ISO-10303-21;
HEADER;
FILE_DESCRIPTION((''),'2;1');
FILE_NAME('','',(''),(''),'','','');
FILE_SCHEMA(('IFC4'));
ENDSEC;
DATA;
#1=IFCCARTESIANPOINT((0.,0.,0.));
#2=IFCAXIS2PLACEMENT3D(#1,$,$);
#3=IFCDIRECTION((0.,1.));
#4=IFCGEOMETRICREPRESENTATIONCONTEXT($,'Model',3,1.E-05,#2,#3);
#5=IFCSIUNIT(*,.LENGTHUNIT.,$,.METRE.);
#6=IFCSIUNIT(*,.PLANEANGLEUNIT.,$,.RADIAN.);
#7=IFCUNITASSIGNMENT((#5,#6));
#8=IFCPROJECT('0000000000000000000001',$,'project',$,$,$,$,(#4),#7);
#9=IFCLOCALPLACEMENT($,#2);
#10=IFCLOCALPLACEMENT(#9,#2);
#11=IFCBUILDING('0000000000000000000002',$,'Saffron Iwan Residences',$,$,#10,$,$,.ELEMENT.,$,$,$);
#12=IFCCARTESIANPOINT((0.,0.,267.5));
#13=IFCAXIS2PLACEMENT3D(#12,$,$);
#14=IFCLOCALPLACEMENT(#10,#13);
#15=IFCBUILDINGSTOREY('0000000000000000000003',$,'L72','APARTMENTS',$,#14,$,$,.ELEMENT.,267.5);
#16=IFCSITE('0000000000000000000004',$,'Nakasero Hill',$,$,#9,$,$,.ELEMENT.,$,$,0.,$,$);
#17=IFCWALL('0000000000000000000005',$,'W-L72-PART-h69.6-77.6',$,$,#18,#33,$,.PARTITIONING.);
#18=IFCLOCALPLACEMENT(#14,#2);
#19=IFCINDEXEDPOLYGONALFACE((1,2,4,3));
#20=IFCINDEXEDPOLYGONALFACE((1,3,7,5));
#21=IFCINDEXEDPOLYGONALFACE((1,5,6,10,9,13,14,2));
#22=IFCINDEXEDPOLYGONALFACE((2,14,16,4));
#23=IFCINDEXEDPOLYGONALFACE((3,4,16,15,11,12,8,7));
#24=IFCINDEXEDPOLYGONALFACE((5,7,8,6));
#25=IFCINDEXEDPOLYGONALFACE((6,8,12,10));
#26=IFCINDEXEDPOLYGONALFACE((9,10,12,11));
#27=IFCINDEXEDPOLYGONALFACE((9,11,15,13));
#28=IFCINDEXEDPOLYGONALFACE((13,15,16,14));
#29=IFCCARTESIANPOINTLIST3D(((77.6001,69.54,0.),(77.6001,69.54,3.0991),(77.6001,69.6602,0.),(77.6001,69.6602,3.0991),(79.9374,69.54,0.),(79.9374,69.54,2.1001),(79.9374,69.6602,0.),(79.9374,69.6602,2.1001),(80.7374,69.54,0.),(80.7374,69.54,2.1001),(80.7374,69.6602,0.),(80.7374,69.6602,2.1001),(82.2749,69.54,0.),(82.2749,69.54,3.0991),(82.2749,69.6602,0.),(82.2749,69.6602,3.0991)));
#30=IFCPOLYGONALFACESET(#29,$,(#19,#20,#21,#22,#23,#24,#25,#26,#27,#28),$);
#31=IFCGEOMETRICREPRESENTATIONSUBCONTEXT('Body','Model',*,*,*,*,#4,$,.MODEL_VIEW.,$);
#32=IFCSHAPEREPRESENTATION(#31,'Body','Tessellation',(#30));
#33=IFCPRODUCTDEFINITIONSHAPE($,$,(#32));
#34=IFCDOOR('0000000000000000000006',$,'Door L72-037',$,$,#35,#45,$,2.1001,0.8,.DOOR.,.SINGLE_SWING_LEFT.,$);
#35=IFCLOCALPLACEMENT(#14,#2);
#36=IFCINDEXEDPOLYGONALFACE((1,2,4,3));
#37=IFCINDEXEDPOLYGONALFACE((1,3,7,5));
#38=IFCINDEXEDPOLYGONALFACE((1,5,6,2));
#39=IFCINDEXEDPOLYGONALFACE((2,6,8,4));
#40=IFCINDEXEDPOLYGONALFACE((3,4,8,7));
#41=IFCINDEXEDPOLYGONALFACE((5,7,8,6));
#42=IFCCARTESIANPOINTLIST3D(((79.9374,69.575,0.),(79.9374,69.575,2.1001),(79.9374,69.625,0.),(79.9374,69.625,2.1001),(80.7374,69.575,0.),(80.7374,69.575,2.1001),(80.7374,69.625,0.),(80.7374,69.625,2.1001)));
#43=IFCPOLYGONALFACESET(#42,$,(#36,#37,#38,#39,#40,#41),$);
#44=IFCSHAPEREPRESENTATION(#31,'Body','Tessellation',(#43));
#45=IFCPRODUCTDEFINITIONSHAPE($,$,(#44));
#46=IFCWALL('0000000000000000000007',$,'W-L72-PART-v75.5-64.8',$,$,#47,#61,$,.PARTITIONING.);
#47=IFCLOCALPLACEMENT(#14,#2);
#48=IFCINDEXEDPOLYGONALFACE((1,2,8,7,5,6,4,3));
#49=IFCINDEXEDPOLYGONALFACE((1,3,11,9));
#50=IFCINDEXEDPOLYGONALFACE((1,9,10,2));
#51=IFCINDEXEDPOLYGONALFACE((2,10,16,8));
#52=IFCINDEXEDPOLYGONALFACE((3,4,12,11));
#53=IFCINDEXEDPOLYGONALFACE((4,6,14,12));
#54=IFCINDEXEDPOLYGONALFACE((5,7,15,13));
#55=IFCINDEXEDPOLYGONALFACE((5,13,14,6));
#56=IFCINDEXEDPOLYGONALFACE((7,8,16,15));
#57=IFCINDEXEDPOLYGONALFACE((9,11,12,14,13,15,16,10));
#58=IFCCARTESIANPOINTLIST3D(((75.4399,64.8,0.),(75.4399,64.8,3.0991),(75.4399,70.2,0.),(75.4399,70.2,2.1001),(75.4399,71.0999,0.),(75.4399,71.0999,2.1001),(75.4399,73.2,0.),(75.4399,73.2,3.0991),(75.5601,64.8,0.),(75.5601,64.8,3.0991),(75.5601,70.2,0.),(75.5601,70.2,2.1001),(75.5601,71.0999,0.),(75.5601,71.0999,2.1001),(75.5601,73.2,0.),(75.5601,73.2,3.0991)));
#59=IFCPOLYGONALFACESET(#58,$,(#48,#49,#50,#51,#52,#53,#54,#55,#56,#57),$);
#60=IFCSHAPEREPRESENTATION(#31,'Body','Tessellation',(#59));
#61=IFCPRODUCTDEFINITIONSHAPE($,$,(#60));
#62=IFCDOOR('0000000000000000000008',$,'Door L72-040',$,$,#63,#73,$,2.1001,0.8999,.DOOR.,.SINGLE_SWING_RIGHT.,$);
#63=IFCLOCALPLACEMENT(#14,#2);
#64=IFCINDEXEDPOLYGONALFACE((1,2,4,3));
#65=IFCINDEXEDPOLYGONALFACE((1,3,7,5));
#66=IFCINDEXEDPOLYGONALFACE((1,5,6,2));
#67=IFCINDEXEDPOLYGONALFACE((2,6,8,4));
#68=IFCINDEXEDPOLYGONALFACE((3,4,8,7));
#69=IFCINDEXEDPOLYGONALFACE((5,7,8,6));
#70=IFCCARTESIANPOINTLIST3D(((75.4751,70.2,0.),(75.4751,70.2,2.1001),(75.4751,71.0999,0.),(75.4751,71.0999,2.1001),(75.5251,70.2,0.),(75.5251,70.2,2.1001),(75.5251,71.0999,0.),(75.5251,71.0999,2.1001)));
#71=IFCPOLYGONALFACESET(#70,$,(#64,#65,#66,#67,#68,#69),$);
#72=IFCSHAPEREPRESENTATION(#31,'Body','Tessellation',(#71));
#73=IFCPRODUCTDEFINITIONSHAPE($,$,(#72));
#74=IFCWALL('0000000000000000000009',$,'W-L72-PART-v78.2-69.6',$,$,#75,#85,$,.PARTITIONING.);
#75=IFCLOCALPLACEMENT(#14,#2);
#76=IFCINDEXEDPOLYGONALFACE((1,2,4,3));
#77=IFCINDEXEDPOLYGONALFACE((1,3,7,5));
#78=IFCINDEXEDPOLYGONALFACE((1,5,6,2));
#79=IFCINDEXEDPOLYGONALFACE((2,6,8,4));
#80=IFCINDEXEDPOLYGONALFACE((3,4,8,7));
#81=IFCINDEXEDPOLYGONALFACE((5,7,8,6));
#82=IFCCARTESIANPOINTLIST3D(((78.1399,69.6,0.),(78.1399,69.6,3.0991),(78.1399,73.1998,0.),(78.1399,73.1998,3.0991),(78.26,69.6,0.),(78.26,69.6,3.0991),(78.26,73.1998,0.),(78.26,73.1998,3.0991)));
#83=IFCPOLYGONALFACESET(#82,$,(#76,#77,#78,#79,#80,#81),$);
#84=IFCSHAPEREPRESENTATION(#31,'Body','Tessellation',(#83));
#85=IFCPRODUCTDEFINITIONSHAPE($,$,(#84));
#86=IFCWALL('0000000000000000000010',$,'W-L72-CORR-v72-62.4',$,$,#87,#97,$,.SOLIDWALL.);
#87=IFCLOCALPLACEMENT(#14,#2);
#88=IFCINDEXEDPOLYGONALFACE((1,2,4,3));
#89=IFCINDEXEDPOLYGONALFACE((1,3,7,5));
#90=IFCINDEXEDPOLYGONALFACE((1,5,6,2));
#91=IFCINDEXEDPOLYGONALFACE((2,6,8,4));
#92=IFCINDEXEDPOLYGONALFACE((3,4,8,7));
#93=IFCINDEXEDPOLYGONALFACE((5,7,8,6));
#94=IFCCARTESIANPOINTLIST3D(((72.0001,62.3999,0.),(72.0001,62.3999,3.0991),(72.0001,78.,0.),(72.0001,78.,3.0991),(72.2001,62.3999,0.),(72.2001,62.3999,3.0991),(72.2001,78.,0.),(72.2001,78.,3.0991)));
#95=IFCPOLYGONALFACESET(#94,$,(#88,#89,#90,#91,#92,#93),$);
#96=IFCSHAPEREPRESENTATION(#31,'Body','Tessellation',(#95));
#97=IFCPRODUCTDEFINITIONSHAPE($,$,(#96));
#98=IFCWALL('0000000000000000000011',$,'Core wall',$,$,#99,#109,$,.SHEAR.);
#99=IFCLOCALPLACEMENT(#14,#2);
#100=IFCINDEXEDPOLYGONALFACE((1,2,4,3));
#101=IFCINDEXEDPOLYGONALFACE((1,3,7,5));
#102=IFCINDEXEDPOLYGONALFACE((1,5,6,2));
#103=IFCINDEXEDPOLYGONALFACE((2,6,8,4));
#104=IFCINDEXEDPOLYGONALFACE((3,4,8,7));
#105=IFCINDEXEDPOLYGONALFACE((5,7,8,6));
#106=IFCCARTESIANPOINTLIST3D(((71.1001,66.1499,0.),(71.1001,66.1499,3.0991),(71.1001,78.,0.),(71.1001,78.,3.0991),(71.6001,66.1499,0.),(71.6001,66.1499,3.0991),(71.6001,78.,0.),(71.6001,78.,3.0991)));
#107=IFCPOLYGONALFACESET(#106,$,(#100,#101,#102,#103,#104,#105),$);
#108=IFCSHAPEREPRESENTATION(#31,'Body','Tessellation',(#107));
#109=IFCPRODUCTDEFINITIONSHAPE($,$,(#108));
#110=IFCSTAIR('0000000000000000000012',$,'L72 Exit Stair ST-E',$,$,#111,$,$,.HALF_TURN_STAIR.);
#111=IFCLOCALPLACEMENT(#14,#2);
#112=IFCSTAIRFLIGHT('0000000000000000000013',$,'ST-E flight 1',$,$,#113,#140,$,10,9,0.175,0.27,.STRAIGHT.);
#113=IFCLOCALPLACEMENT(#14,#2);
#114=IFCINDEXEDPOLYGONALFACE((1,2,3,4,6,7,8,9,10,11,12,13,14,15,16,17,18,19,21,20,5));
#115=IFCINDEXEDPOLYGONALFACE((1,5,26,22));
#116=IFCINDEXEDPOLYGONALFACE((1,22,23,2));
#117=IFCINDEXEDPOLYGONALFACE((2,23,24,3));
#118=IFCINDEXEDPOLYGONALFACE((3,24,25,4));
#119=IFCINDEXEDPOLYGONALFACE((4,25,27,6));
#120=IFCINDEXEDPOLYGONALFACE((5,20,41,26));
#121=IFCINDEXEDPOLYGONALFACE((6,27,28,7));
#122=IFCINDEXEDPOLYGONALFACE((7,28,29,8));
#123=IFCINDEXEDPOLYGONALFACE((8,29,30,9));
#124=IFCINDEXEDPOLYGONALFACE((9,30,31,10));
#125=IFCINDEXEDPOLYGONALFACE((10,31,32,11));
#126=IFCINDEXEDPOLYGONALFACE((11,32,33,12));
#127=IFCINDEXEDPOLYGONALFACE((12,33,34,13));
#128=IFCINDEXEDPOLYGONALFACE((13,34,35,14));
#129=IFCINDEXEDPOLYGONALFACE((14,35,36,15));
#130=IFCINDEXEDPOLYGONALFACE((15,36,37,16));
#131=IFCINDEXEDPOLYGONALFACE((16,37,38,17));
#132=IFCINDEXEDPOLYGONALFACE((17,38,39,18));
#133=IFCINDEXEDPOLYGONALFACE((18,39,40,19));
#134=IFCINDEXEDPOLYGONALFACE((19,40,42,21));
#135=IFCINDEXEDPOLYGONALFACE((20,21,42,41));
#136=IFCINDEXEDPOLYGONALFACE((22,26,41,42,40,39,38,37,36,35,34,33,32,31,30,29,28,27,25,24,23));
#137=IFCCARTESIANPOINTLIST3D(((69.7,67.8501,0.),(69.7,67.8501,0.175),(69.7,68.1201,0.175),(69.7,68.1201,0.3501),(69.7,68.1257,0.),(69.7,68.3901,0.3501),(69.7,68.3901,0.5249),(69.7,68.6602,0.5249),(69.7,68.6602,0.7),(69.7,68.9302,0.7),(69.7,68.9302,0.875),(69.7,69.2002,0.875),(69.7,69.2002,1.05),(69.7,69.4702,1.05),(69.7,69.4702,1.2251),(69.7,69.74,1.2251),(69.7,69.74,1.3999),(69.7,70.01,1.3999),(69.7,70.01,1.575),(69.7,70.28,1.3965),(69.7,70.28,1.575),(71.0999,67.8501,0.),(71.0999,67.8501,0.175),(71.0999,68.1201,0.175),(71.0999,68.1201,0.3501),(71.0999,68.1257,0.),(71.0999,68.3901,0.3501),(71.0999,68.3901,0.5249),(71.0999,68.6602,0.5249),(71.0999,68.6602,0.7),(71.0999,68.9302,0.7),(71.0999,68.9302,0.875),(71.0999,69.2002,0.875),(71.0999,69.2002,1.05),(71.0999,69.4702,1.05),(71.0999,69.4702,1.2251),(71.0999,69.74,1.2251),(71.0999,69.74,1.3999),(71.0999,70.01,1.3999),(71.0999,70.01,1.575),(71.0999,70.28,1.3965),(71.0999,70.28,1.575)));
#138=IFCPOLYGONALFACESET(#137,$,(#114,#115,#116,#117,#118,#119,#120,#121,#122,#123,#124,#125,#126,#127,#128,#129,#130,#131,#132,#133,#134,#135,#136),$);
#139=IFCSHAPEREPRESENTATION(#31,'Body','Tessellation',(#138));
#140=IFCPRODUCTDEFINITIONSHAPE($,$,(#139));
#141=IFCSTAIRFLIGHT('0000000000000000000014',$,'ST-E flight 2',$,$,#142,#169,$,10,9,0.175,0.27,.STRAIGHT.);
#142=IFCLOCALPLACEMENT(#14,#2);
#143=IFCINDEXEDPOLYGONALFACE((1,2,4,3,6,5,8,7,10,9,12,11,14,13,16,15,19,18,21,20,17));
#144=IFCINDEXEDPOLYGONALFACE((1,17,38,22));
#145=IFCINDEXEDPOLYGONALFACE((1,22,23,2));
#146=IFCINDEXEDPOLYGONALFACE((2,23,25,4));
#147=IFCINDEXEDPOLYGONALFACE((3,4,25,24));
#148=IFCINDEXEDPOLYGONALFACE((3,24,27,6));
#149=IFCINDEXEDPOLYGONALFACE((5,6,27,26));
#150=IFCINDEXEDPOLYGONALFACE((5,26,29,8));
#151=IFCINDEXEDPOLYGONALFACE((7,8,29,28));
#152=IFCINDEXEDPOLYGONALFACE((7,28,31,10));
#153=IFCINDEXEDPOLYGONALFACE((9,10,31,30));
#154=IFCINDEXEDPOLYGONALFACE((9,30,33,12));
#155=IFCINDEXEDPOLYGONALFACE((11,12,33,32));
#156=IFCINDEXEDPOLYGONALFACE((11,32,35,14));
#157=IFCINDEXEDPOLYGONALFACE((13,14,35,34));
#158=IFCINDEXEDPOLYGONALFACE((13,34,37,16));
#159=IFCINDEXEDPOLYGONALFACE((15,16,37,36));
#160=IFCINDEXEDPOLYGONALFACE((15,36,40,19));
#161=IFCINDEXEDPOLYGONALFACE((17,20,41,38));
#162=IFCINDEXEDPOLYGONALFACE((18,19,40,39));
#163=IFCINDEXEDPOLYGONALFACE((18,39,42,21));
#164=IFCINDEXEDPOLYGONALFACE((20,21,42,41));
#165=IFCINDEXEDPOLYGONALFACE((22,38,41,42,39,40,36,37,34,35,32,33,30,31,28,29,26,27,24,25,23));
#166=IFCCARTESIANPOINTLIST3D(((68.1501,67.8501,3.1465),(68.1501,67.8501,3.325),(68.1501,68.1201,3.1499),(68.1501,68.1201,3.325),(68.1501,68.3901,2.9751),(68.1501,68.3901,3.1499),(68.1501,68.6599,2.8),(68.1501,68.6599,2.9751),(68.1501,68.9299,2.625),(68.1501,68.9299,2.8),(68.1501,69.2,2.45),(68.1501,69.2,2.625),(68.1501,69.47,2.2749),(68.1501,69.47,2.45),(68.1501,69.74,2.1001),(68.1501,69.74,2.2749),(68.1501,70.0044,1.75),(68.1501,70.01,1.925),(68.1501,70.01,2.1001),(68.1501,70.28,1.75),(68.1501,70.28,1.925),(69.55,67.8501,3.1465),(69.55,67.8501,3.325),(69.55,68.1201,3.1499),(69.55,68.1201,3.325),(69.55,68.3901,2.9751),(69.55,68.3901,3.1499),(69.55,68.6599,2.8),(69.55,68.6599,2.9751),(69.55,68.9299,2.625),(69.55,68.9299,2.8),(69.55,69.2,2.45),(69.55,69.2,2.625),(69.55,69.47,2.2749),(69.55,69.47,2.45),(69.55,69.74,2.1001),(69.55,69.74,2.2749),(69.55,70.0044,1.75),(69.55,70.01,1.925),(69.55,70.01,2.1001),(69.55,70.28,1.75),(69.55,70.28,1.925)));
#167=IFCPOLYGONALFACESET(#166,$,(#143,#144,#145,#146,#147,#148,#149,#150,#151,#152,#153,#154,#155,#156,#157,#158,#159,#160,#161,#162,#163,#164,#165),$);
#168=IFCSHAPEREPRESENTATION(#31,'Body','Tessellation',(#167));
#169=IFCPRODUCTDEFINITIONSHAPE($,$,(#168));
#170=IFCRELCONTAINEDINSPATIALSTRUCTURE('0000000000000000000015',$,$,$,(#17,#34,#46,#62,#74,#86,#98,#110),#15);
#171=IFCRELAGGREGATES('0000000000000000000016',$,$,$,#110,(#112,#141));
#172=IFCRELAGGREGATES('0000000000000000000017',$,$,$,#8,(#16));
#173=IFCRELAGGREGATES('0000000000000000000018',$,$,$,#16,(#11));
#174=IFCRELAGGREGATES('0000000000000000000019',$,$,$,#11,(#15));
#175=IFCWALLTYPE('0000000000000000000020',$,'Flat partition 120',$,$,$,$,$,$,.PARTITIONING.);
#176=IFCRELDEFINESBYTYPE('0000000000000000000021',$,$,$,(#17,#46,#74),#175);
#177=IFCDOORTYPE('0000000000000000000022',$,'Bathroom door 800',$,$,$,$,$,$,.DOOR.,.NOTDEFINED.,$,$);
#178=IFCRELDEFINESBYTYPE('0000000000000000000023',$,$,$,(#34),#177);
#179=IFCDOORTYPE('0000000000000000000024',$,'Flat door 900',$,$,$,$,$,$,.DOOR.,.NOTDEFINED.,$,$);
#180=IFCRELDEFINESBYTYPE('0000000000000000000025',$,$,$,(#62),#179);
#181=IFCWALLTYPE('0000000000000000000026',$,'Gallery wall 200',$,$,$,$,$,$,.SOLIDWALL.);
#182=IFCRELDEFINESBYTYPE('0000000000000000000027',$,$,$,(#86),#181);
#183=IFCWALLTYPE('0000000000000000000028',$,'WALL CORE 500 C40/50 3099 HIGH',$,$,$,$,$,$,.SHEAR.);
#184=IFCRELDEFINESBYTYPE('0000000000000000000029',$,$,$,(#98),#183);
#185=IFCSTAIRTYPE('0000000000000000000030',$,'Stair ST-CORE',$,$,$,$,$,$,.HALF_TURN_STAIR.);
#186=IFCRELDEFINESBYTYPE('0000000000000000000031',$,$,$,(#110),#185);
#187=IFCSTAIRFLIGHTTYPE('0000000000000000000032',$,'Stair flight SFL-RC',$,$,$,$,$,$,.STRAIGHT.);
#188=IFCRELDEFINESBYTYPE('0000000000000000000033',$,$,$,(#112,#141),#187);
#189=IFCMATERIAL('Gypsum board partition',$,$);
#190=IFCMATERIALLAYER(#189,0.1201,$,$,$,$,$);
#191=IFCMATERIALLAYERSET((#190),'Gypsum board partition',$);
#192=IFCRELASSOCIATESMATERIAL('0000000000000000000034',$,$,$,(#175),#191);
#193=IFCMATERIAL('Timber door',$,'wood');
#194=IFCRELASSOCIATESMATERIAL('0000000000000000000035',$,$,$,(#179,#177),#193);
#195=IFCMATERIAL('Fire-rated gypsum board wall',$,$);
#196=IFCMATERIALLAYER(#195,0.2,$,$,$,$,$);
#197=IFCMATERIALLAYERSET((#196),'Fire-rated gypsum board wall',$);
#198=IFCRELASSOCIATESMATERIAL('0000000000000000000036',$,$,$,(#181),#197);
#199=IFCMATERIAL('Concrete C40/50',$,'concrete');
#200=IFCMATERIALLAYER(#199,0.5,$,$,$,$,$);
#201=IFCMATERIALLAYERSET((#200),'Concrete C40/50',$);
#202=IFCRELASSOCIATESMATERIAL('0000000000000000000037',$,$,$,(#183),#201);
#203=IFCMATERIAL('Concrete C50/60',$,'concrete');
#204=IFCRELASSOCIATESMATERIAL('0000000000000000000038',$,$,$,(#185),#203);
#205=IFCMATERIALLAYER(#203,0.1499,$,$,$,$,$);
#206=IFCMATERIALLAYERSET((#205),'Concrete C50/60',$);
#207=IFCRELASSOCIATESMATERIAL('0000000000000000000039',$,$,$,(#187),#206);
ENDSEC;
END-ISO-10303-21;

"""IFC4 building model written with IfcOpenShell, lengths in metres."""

from ifc_helpers import new_model, si_unit, direction, frame, frame_2d, origin, place, context, subcontext, project, spatial, polyline, rectangle, outline, extrude, material, layer, layer_set, type_object, element, fill, aggregate, save


model = new_model("IFC4")

# Units and contexts
model_context = context("Model", 3, precision=1e-05, world=origin(), true_north=direction((0.0, 1.0)))
body_context = subcontext(model_context, "Body", "Model", "MODEL_VIEW")
ifc_project = project(units=[si_unit("LENGTHUNIT", "METRE"), si_unit("PLANEANGLEUNIT", "RADIAN")], contexts=[model_context])

# Site, building, storey
site_placement = place(None, origin())
site = spatial("IfcSite", under=ifc_project, at=site_placement, Name="Nakasero Hill", CompositionType="ELEMENT", RefElevation=0.0)
building_placement = place(site_placement, origin())
building = spatial("IfcBuilding", under=site, at=building_placement, Name="Saffron Iwan Residences", CompositionType="ELEMENT")
storey_placement = place(building_placement, frame((0.0, 0.0, 267.5)))
storey = spatial("IfcBuildingStorey", under=building, at=storey_placement, Name="L72", Description="APARTMENTS", CompositionType="ELEMENT", Elevation=267.5)

# Shared definitions
ifc_material_1 = material(Name="Concrete C40/50", Category="concrete")

# Shared definitions
ifc_material_2 = material(Name="Fire-rated gypsum board wall")

# Shared definitions
ifc_material_3 = material(Name="Gypsum board partition")
ifc_layer_1 = layer(ifc_material_3, 0.1201)
ifc_layer_set_1 = layer_set([ifc_layer_1], Name="Gypsum board partition")
wall_type_1 = type_object("IfcWallType", Name="Flat partition 120", PredefinedType="PARTITIONING", material=ifc_layer_set_1)
ifc_material_4 = material(Name="Timber door", Category="wood")
door_type_1 = type_object("IfcDoorType", Name="Flat door 900", OperationType="NOTDEFINED", PredefinedType="DOOR", material=ifc_material_4)

# Walls, openings, doors
wall_1_placement = place(storey_placement, frame((77.6001, 69.6001, 0.0), z_axis=(0.0, 0.0, 1.0), x_axis=(1.0, 0.0, 0.0)))
wall_1 = element("IfcWall", 1, at=wall_1_placement, inside=storey, type_object=wall_type_1, Name="W-L72-PART-h69.6-77.6", PredefinedType="PARTITIONING", context=body_context, shape_type="SweptSolid", body=[
    extrude(rectangle(XDim=4.6748, YDim=0.1201, at=frame_2d((2.3374, 0.0))), origin(), (0.0, 0.0, 1.0), 3.0991),
])
opening_1_placement = place(wall_1_placement, frame((2.3374, 0.0, 0.0)))
opening_1 = element("IfcOpeningElement", 2, at=opening_1_placement, cuts=wall_1, PredefinedType="OPENING", context=body_context, shape_type="SweptSolid", body=[
    extrude(rectangle(XDim=0.8, YDim=2.1001, at=frame_2d((0.3999, 1.05))), frame((0.0, 0.0701, 0.0), z_axis=(0.0, -1.0, 0.0), x_axis=(1.0, 0.0, 0.0)), (0.0, 0.0, 1.0), 0.1401),
])
door_type_2 = type_object("IfcDoorType", Name="Bathroom door 800", OperationType="NOTDEFINED", PredefinedType="DOOR", material=ifc_material_4)
door_1_placement = place(opening_1_placement, origin())
door_1 = element("IfcDoor", 3, at=door_1_placement, inside=storey, type_object=door_type_2, Name="Door L72-037", OperationType="SINGLE_SWING_LEFT", OverallHeight=2.1001, OverallWidth=0.8, PredefinedType="DOOR", context=body_context, shape_type="SweptSolid", body=[
    extrude(rectangle(XDim=0.8, YDim=2.1001, at=frame_2d((0.3999, 1.05))), frame((0.0, 0.0249, 0.0), z_axis=(0.0, -1.0, 0.0), x_axis=(1.0, 0.0, 0.0)), (0.0, 0.0, 1.0), 0.05),
])
fill(opening_1, door_1)
wall_2_placement = place(storey_placement, frame((75.5, 64.8, 0.0), z_axis=(0.0, 0.0, 1.0), x_axis=(0.0, 1.0, 0.0)))
wall_2 = element("IfcWall", 4, at=wall_2_placement, inside=storey, type_object=wall_type_1, Name="W-L72-PART-v75.5-64.8", PredefinedType="PARTITIONING", context=body_context, shape_type="SweptSolid", body=[
    extrude(rectangle(XDim=8.3999, YDim=0.1201, at=frame_2d((4.2, 0.0))), origin(), (0.0, 0.0, 1.0), 3.0991),
])
opening_2_placement = place(wall_2_placement, frame((5.3999, 0.0, 0.0)))
opening_2 = element("IfcOpeningElement", 5, at=opening_2_placement, cuts=wall_2, PredefinedType="OPENING", context=body_context, shape_type="SweptSolid", body=[
    extrude(rectangle(XDim=0.8999, YDim=2.1001, at=frame_2d((0.45, 1.05))), frame((0.0, 0.0701, 0.0), z_axis=(0.0, -1.0, 0.0), x_axis=(1.0, 0.0, 0.0)), (0.0, 0.0, 1.0), 0.1401),
])
door_2_placement = place(opening_2_placement, origin())
door_2 = element("IfcDoor", 6, at=door_2_placement, inside=storey, type_object=door_type_1, Name="Door L72-040", OperationType="SINGLE_SWING_RIGHT", OverallHeight=2.1001, OverallWidth=0.8999, PredefinedType="DOOR", context=body_context, shape_type="SweptSolid", body=[
    extrude(rectangle(XDim=0.8999, YDim=2.1001, at=frame_2d((0.45, 1.05))), frame((0.0, 0.0249, 0.0), z_axis=(0.0, -1.0, 0.0), x_axis=(1.0, 0.0, 0.0)), (0.0, 0.0, 1.0), 0.05),
])
fill(opening_2, door_2)

# Walls
wall_3_placement = place(storey_placement, frame((78.2, 69.6001, 0.0), z_axis=(0.0, 0.0, 1.0), x_axis=(0.0, 1.0, 0.0)))
element("IfcWall", 7, at=wall_3_placement, inside=storey, type_object=wall_type_1, Name="W-L72-PART-v78.2-69.6", PredefinedType="PARTITIONING", context=body_context, shape_type="SweptSolid", body=[
    extrude(rectangle(XDim=3.5999, YDim=0.1201, at=frame_2d((1.7998, 0.0))), origin(), (0.0, 0.0, 1.0), 3.0991),
])
ifc_layer_2 = layer(ifc_material_2, 0.2)
ifc_layer_set_2 = layer_set([ifc_layer_2], Name="Fire-rated gypsum board wall")
wall_type_2 = type_object("IfcWallType", Name="Gallery wall 200", PredefinedType="SOLIDWALL", material=ifc_layer_set_2)
wall_4_placement = place(storey_placement, frame((72.1001, 62.3999, 0.0), z_axis=(0.0, 0.0, 1.0), x_axis=(0.0, 1.0, 0.0)))
element("IfcWall", 8, at=wall_4_placement, inside=storey, type_object=wall_type_2, Name="W-L72-CORR-v72-62.4", PredefinedType="SOLIDWALL", context=body_context, shape_type="SweptSolid", body=[
    extrude(rectangle(XDim=15.6001, YDim=0.2, at=frame_2d((7.8, 0.0))), origin(), (0.0, 0.0, 1.0), 3.0991),
])
ifc_layer_3 = layer(ifc_material_1, 0.5)
ifc_layer_set_3 = layer_set([ifc_layer_3], Name="Concrete C40/50")
wall_type_3 = type_object("IfcWallType", Name="WALL CORE 500 C40/50 3099 HIGH", PredefinedType="SHEAR", material=ifc_layer_set_3)
wall_5_placement = place(storey_placement, frame((71.3501, 66.1499, 0.0), z_axis=(0.0, 0.0, 1.0), x_axis=(0.0, 1.0, 0.0)))
element("IfcWall", 9, at=wall_5_placement, inside=storey, type_object=wall_type_3, Name="Core wall", PredefinedType="SHEAR", context=body_context, shape_type="SweptSolid", body=[
    extrude(rectangle(XDim=11.8501, YDim=0.5, at=frame_2d((5.925, 0.0))), origin(), (0.0, 0.0, 1.0), 3.0991),
])

# Stair, stair flights
ifc_material_5 = material(Name="Concrete C50/60", Category="concrete")
stair_type = type_object("IfcStairType", Name="Stair ST-CORE", PredefinedType="HALF_TURN_STAIR", material=ifc_material_5)
stair_placement = place(storey_placement, origin())
stair = element("IfcStair", 10, at=stair_placement, inside=storey, type_object=stair_type, Name="L72 Exit Stair ST-E", PredefinedType="HALF_TURN_STAIR")
ifc_layer_4 = layer(ifc_material_5, 0.1499)
ifc_layer_set_4 = layer_set([ifc_layer_4], Name="Concrete C50/60")
stair_flight_type = type_object("IfcStairFlightType", Name="Stair flight SFL-RC", PredefinedType="STRAIGHT", material=ifc_layer_set_4)
stair_flight_1_placement = place(storey_placement, frame((70.3999, 67.8501, 0.0), z_axis=(0.0, 0.0, 1.0), x_axis=(0.0, 1.0, 0.0)))
stair_flight_1 = element("IfcStairFlight", 11, at=stair_flight_1_placement, type_object=stair_flight_type, Name="ST-E flight 1", NumberOfRisers=10, NumberOfTreads=9, PredefinedType="STRAIGHT", RiserHeight=0.175, TreadLength=0.27, context=body_context, shape_type="SweptSolid", body=[
    extrude(outline(polyline([(0.0, 0.0), (0.0, 0.175), (0.27, 0.175), (0.27, 0.3501), (0.54, 0.3501), (0.54, 0.5249), (0.8101, 0.5249), (0.8101, 0.7), (1.0801, 0.7), (1.0801, 0.875), (1.3501, 0.875), (1.3501, 1.05), (1.6201, 1.05), (1.6201, 1.2251), (1.8899, 1.2251), (1.8899, 1.3999), (2.1599, 1.3999), (2.1599, 1.575), (2.4299, 1.575), (2.4299, 1.75), (2.4299, 1.3965), (0.2756, 0.0), (0.0, 0.0)])), frame((0.0, 0.7, 0.0), z_axis=(0.0, -1.0, 0.0), x_axis=(1.0, 0.0, 0.0)), (0.0, 0.0, 1.0), 1.3999),
])
stair_flight_2_placement = place(storey_placement, frame((68.8501, 70.28, 1.75), z_axis=(0.0, 0.0, 1.0), x_axis=(0.0, -1.0, 0.0)))
stair_flight_2 = element("IfcStairFlight", 12, at=stair_flight_2_placement, type_object=stair_flight_type, Name="ST-E flight 2", NumberOfRisers=10, NumberOfTreads=9, PredefinedType="STRAIGHT", RiserHeight=0.175, TreadLength=0.27, context=body_context, shape_type="SweptSolid", body=[
    extrude(outline(polyline([(0.0, 0.0), (0.0, 0.175), (0.27, 0.175), (0.27, 0.3501), (0.54, 0.3501), (0.54, 0.5249), (0.8101, 0.5249), (0.8101, 0.7), (1.0801, 0.7), (1.0801, 0.875), (1.3501, 0.875), (1.3501, 1.05), (1.6201, 1.05), (1.6201, 1.2251), (1.8899, 1.2251), (1.8899, 1.3999), (2.1599, 1.3999), (2.1599, 1.575), (2.4299, 1.575), (2.4299, 1.75), (2.4299, 1.3965), (0.2756, 0.0), (0.0, 0.0)])), frame((0.0, 0.7, 0.0), z_axis=(0.0, -1.0, 0.0), x_axis=(1.0, 0.0, 0.0)), (0.0, 0.0, 1.0), 1.3999),
])
aggregate(stair, [stair_flight_1, stair_flight_2])

save(model, "model.ifc")
